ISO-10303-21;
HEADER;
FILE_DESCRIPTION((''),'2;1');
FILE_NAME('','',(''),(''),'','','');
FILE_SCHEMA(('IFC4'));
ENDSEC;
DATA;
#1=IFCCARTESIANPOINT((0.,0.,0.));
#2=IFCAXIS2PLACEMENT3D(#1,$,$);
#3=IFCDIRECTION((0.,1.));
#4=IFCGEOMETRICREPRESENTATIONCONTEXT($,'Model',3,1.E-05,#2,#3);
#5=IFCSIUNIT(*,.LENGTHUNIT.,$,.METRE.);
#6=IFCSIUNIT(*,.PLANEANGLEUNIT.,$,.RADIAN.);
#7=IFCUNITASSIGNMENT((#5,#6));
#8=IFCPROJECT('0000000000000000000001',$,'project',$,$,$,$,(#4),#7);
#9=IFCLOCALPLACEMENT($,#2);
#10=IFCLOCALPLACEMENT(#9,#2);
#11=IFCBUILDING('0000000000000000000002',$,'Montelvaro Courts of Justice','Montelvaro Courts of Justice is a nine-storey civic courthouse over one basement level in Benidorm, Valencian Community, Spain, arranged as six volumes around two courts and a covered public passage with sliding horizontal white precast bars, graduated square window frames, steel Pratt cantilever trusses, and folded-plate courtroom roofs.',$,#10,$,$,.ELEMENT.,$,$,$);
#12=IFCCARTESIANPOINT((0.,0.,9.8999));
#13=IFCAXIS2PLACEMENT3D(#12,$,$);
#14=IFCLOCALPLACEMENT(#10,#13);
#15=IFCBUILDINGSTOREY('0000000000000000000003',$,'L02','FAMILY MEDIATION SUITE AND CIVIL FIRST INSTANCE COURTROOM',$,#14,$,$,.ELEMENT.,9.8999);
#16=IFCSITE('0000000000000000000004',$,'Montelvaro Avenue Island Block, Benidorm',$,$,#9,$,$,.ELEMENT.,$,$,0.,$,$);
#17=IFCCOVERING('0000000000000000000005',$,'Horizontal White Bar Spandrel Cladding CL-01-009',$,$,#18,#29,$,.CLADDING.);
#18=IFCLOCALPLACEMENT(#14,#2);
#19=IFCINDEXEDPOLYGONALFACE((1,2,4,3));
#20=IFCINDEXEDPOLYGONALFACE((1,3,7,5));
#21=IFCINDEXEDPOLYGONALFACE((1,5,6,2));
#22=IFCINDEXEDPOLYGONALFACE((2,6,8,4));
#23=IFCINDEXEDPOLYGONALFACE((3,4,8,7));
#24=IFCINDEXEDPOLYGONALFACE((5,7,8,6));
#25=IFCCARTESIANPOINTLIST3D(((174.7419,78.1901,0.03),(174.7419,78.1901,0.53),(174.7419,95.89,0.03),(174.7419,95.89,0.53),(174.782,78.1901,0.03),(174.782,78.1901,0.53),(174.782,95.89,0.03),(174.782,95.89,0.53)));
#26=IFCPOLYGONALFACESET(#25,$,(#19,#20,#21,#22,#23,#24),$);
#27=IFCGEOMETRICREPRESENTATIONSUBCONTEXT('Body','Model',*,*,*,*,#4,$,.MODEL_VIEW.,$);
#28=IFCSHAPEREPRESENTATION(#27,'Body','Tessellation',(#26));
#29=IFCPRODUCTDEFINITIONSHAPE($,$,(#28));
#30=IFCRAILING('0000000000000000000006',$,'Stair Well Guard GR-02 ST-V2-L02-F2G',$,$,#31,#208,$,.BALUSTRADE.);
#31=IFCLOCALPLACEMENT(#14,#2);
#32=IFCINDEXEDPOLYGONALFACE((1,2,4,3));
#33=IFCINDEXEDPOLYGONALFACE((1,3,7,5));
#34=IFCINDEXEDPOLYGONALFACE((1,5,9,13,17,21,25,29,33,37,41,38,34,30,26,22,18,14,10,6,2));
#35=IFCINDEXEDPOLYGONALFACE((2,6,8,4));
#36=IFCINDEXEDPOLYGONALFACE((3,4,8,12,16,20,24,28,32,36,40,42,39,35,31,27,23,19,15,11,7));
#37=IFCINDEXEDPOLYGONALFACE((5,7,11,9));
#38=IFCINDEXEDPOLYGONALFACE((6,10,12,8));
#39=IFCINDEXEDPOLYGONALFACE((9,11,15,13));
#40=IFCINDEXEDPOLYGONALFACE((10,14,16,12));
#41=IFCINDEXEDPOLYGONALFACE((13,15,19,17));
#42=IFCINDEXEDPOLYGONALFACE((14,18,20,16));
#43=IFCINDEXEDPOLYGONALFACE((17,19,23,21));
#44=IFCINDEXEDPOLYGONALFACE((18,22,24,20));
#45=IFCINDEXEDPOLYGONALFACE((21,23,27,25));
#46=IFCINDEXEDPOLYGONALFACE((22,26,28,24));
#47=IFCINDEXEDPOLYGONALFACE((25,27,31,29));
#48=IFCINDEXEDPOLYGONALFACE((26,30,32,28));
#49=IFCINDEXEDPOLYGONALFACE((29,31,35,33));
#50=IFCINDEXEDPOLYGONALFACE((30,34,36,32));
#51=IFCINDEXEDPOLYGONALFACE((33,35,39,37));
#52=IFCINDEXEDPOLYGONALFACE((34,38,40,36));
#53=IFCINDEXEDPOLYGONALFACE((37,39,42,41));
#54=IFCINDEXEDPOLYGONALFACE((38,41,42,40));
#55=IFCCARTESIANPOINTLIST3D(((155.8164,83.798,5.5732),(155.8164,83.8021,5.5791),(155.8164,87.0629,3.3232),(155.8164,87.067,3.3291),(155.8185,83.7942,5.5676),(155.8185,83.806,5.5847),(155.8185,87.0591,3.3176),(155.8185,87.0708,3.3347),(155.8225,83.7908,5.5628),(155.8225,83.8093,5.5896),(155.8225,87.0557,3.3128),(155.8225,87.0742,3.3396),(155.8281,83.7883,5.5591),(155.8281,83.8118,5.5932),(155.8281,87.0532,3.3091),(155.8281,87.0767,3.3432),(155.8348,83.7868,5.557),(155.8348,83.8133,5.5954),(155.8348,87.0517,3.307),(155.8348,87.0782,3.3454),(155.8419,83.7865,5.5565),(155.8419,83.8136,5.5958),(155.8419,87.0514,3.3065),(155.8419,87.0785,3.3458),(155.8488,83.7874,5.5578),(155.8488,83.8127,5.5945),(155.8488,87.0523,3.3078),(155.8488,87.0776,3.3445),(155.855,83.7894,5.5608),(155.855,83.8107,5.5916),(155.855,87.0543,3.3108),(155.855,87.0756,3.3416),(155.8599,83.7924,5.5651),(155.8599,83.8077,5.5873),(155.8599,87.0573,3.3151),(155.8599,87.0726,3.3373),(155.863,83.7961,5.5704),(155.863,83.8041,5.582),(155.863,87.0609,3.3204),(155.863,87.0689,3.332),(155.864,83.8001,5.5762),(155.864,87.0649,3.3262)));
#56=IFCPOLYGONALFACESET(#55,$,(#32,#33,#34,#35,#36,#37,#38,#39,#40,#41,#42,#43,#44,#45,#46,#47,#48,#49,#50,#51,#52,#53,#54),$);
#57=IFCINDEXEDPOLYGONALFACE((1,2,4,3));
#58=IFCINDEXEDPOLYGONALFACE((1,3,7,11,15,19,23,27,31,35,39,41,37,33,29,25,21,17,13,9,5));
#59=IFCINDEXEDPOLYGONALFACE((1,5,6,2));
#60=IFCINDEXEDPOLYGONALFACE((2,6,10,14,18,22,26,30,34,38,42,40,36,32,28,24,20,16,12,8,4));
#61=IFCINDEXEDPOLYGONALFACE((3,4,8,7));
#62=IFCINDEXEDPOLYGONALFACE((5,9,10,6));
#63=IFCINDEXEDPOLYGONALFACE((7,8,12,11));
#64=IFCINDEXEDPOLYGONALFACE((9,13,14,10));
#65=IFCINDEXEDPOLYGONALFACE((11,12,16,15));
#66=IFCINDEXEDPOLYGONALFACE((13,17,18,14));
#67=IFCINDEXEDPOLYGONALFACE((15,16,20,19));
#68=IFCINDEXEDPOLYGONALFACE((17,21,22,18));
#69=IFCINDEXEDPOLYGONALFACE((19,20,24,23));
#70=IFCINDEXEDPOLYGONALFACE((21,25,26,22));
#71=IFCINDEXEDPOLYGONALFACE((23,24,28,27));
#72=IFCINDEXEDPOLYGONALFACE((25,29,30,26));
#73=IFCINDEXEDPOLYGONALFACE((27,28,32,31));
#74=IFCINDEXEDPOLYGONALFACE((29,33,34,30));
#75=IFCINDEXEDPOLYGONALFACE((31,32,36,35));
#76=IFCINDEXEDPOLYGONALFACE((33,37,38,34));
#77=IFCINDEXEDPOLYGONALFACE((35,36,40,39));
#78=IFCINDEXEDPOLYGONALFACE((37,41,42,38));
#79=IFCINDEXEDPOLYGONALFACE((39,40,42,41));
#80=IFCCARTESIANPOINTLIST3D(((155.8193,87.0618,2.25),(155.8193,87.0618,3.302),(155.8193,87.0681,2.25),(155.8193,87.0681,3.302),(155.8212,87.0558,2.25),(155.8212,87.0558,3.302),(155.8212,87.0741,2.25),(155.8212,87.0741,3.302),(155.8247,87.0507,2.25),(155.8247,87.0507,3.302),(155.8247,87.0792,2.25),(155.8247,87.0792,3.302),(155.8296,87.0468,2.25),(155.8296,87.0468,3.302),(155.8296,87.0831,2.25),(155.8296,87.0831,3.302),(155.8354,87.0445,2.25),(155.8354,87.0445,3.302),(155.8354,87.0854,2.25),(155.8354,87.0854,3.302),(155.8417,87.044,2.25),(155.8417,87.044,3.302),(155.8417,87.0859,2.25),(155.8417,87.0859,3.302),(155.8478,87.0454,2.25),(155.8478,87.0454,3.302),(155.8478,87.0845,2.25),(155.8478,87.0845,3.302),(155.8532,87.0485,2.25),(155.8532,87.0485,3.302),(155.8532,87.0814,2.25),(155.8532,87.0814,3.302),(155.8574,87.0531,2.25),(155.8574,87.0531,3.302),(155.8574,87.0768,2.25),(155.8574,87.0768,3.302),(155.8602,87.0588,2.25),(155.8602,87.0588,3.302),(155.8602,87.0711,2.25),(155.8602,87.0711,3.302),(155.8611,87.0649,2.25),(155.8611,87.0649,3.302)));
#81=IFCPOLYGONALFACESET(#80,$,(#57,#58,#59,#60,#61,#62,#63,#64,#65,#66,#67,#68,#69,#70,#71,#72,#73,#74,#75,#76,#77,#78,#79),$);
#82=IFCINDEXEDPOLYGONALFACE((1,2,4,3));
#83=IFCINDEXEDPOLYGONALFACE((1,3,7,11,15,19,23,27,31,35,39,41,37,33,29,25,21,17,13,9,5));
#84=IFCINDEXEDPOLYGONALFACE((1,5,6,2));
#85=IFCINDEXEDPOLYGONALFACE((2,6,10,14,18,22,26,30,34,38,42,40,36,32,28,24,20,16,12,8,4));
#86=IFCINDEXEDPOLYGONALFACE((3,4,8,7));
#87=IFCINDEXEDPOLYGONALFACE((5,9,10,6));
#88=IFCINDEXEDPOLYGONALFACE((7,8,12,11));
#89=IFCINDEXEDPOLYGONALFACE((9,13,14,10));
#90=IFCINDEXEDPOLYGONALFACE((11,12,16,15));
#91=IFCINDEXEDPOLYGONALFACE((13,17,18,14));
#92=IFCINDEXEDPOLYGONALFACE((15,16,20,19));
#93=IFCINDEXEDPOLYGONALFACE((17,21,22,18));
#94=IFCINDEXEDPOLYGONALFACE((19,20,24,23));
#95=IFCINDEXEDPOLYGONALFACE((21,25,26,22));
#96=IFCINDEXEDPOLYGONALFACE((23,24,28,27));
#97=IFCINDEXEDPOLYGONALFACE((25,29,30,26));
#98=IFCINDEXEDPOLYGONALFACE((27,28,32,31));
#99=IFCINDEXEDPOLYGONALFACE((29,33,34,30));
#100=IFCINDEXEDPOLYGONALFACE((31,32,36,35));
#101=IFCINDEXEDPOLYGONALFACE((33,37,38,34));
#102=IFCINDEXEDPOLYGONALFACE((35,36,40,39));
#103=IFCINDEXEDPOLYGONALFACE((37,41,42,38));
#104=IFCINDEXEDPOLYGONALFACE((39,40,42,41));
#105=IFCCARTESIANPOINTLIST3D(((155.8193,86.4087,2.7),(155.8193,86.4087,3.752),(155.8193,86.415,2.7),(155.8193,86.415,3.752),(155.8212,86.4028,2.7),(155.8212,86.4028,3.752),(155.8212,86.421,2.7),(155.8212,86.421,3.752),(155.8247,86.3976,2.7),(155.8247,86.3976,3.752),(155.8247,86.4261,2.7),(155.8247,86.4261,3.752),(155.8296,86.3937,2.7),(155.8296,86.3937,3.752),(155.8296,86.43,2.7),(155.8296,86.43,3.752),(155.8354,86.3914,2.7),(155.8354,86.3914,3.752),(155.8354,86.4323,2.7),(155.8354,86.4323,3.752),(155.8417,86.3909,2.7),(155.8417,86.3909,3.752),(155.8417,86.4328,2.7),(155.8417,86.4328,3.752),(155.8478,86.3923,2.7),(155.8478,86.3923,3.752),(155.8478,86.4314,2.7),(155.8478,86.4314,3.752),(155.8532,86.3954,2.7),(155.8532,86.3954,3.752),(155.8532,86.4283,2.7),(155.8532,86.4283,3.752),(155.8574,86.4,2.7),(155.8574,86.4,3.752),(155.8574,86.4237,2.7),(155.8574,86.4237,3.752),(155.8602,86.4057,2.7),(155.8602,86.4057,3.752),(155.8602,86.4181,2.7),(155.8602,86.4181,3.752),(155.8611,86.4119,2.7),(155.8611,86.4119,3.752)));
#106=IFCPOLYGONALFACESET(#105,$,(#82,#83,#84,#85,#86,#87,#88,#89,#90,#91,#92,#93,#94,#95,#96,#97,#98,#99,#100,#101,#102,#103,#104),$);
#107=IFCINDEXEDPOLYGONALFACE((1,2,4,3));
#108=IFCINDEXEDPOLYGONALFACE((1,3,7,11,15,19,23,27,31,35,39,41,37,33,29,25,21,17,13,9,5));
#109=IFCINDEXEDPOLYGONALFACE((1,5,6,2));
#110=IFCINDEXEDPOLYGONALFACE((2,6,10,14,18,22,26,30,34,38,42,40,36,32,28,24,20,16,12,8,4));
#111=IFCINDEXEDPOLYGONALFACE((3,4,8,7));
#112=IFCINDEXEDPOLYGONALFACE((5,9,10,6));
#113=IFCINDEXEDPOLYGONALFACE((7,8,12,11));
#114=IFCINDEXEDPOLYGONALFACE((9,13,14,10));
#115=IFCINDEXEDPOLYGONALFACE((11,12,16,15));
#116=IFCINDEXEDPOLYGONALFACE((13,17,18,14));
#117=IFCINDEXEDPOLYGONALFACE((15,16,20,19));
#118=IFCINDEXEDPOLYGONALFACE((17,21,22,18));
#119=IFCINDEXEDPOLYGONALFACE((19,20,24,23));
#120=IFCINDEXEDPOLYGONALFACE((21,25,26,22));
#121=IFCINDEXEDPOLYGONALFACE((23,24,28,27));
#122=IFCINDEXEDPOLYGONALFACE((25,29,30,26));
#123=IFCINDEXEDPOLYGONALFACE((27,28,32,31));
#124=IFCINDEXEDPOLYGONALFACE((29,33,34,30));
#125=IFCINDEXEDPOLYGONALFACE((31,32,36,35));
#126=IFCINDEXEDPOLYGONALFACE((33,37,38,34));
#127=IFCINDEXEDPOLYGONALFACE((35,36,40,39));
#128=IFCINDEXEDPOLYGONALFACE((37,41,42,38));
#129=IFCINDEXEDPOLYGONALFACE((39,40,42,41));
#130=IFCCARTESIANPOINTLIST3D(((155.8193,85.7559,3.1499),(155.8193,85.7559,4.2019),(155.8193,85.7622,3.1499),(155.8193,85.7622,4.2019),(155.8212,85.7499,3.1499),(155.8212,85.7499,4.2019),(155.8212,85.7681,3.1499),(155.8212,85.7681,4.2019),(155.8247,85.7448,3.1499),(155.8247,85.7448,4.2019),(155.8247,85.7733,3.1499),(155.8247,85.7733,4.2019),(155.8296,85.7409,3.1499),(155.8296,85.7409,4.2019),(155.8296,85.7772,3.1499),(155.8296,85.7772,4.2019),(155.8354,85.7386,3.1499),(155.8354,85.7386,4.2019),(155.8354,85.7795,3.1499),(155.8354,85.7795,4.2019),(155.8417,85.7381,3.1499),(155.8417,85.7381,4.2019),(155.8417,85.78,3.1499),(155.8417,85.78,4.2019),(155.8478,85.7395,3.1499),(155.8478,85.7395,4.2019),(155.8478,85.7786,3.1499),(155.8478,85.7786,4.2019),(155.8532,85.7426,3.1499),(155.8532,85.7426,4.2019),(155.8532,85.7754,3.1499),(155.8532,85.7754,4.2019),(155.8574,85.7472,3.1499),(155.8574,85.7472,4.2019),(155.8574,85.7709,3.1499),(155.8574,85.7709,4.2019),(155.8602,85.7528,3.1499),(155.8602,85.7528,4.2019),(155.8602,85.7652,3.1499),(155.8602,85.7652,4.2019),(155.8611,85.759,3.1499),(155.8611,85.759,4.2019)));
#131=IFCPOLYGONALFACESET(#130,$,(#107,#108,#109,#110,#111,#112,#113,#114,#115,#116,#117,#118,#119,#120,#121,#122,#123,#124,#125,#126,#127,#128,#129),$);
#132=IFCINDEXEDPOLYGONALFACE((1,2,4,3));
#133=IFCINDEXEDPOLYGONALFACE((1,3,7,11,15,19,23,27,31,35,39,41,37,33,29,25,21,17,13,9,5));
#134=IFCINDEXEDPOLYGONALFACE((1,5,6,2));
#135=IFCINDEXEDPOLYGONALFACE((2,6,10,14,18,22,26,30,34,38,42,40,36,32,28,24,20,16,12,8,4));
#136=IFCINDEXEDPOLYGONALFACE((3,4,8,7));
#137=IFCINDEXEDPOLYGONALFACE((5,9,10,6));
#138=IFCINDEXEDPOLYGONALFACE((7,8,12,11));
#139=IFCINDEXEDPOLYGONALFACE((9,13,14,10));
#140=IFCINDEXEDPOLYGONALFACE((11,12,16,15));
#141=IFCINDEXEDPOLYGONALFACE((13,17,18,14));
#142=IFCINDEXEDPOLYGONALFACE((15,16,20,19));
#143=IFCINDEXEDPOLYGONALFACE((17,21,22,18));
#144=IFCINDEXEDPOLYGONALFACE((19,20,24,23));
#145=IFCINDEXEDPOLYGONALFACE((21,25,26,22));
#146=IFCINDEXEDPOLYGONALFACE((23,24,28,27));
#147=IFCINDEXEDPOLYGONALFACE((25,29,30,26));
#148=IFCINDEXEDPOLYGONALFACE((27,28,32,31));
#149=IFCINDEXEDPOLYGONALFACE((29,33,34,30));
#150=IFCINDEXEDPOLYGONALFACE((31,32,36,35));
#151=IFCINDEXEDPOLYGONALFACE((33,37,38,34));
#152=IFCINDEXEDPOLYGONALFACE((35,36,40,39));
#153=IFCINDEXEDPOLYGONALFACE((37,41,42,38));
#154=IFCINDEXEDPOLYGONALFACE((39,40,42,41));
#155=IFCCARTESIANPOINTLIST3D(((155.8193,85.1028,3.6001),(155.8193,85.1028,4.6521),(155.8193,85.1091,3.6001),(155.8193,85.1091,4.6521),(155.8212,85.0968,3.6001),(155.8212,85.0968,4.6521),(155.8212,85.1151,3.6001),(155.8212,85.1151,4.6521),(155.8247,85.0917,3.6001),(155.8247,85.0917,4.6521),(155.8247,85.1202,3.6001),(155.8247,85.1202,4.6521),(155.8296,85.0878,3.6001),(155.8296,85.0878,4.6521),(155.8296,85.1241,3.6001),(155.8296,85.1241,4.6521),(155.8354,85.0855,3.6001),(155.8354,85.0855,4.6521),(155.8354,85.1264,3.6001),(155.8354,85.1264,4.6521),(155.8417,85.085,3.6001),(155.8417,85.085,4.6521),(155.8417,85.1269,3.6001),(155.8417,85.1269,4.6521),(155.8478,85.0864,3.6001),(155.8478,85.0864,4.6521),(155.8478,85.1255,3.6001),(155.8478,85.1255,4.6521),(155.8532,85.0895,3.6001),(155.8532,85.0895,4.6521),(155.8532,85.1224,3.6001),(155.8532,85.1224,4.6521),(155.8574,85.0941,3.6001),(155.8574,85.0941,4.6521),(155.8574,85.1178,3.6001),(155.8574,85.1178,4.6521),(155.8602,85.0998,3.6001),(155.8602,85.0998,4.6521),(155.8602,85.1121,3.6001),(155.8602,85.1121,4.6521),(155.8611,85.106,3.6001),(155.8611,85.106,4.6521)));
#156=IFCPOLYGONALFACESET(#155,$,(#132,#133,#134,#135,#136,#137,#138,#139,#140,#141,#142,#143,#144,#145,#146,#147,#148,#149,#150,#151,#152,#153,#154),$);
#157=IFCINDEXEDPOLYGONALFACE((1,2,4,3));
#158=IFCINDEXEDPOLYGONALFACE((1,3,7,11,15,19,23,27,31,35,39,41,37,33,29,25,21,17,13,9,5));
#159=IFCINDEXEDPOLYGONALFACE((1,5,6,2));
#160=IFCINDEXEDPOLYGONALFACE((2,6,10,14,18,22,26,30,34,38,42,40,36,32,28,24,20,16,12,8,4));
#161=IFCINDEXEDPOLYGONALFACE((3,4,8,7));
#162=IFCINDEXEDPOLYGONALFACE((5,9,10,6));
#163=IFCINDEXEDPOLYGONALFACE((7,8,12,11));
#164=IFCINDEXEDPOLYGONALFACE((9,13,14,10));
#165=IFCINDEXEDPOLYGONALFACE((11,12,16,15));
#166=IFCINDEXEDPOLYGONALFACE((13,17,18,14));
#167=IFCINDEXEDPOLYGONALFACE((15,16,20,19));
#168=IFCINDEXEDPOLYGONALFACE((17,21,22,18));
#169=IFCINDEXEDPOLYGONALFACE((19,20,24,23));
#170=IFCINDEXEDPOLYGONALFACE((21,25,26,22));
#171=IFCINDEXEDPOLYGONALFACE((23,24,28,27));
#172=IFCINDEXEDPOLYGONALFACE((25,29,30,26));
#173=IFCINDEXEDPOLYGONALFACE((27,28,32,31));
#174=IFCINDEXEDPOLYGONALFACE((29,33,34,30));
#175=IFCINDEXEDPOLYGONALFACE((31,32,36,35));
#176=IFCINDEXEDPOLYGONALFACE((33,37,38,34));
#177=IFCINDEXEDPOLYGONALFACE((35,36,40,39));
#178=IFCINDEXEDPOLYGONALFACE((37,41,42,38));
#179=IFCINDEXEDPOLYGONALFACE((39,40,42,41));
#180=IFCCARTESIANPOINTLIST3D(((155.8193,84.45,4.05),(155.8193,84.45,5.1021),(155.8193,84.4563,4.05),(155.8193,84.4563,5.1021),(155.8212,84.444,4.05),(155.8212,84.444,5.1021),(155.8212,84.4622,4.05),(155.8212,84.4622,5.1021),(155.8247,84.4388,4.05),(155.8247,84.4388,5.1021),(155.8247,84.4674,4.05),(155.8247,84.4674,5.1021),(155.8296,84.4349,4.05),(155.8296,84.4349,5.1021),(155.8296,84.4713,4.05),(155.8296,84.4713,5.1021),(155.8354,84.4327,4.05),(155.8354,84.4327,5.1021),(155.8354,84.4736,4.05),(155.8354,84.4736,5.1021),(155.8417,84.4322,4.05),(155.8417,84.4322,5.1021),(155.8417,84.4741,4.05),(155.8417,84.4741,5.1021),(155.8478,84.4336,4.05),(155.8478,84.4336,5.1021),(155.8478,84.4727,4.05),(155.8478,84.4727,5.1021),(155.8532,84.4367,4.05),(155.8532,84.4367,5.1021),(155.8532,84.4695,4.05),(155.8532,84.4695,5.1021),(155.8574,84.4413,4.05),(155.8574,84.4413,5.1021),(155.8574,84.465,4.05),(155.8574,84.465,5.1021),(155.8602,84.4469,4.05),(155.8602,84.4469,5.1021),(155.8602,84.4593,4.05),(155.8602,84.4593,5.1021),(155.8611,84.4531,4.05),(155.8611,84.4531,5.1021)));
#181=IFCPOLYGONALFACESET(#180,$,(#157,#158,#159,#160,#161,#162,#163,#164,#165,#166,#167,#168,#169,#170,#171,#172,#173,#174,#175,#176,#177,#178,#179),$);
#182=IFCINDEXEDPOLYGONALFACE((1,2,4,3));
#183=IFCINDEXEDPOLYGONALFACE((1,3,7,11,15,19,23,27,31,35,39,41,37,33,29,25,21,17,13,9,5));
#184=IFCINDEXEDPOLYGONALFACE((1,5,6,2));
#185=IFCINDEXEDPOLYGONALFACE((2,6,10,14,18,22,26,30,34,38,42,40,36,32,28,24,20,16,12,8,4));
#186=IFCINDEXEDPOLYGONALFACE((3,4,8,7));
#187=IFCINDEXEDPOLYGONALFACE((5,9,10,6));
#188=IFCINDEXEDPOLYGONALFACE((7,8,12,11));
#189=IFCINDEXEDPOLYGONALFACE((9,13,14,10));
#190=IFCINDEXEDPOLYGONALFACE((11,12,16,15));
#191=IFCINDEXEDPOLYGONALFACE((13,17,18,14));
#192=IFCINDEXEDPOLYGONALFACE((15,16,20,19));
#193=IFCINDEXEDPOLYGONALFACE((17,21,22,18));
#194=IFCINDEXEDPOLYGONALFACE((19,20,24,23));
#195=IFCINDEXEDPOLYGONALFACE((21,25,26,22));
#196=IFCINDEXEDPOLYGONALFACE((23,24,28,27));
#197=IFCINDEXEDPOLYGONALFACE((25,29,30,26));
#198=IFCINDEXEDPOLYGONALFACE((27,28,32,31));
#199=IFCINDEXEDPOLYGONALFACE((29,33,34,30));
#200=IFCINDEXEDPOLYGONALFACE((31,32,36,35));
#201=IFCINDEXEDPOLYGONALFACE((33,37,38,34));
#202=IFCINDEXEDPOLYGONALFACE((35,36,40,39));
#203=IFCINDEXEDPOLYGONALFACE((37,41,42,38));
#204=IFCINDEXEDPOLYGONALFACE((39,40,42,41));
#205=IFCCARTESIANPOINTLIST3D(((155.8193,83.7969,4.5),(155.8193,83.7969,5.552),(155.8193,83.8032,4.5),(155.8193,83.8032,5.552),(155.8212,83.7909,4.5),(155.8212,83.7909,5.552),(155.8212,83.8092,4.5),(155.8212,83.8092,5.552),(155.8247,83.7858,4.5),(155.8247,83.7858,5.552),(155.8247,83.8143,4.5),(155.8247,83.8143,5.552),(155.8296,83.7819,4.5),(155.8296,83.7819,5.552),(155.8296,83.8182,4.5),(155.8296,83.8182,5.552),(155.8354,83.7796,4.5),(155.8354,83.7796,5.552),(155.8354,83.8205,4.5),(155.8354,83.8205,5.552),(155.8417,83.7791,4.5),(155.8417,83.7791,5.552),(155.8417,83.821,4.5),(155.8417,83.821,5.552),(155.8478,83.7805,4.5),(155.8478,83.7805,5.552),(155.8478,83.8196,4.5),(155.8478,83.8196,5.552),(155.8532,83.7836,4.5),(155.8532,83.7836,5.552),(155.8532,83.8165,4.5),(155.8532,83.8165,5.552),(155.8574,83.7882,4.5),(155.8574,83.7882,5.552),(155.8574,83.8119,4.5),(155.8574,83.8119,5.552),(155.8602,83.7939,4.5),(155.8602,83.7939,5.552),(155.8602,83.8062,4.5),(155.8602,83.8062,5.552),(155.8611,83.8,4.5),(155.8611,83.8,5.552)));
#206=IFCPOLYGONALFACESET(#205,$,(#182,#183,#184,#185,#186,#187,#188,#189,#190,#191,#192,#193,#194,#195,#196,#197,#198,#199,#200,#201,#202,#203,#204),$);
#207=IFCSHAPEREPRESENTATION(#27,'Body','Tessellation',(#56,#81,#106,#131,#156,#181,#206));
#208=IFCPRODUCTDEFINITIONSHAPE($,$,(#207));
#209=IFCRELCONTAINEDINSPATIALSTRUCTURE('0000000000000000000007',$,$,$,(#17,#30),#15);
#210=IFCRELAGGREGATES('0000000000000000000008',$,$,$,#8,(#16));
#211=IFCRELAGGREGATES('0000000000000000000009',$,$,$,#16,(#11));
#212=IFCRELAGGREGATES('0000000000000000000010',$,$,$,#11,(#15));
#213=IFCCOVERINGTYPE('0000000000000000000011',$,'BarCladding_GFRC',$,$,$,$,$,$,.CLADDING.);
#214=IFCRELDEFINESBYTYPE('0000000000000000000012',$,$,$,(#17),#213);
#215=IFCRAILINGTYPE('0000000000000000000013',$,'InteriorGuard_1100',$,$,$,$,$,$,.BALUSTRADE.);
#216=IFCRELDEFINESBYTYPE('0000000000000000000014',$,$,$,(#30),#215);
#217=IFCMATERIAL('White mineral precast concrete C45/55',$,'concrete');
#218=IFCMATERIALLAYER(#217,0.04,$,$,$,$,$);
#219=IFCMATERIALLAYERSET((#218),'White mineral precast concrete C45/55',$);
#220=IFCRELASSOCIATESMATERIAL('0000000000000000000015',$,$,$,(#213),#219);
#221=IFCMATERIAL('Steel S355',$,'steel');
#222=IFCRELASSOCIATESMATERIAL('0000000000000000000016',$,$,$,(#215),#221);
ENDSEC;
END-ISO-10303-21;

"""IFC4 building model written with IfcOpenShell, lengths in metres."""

from ifc_helpers import new_model, si_unit, direction, frame, origin, origin_2d, place, context, subcontext, project, spatial, rectangle, circle, extrude, material, layer, layer_set, type_object, element, save


model = new_model("IFC4")

# Units and contexts
model_context = context("Model", 3, precision=1e-05, world=origin(), true_north=direction((0.0, 1.0)))
body_context = subcontext(model_context, "Body", "Model", "MODEL_VIEW")
ifc_project = project(units=[si_unit("LENGTHUNIT", "METRE"), si_unit("PLANEANGLEUNIT", "RADIAN")], contexts=[model_context])

# Site, building, storey
site_placement = place(None, origin())
site = spatial("IfcSite", under=ifc_project, at=site_placement, Name="Montelvaro Avenue Island Block, Benidorm", CompositionType="ELEMENT", RefElevation=0.0)
building_placement = place(site_placement, origin())
building = spatial("IfcBuilding", under=site, at=building_placement, Name="Montelvaro Courts of Justice", Description="Montelvaro Courts of Justice is a nine-storey civic courthouse over one basement level in Benidorm, Valencian Community, Spain, arranged as six volumes around two courts and a covered public passage with sliding horizontal white precast bars, graduated square window frames, steel Pratt cantilever trusses, and folded-plate courtroom roofs.", CompositionType="ELEMENT")
storey_placement = place(building_placement, frame((0.0, 0.0, 9.8999)))
storey = spatial("IfcBuildingStorey", under=building, at=storey_placement, Name="L02", Description="FAMILY MEDIATION SUITE AND CIVIL FIRST INSTANCE COURTROOM", CompositionType="ELEMENT", Elevation=9.8999)

# Shared definitions
ifc_material_1 = material(Name="Steel S355", Category="steel")

# Shared definitions
ifc_material_2 = material(Name="White mineral precast concrete C45/55", Category="concrete")

# Covering
ifc_layer_1 = layer(ifc_material_2, 0.04)
ifc_layer_set_1 = layer_set([ifc_layer_1], Name="White mineral precast concrete C45/55")
covering_type = type_object("IfcCoveringType", Name="BarCladding_GFRC", PredefinedType="CLADDING", material=ifc_layer_set_1)
covering_placement = place(storey_placement, frame((174.762, 87.04, 0.03), z_axis=(0.0, 0.0, 1.0), x_axis=(0.0, 1.0, 0.0)))
element("IfcCovering", 1, at=covering_placement, inside=storey, type_object=covering_type, Name="Horizontal White Bar Spandrel Cladding CL-01-009", PredefinedType="CLADDING", context=body_context, shape_type="SweptSolid", body=[
    extrude(rectangle(XDim=17.7, YDim=0.04, at=origin_2d()), origin(), (0.0, 0.0, 1.0), 0.5),
])

# Railing
railing_type_1 = type_object("IfcRailingType", Name="InteriorGuard_1100", PredefinedType="BALUSTRADE", material=ifc_material_1)
railing_1_placement = place(storey_placement, frame((155.8401, 87.0649, 2.25)))
element("IfcRailing", 2, at=railing_1_placement, inside=storey, type_object=railing_type_1, Name="Stair Well Guard GR-02 ST-V2-L02-F2G", PredefinedType="BALUSTRADE", context=body_context, shape_type="SweptSolid", body=[
    extrude(circle(Radius=0.0239, at=origin_2d()), frame((0.0, 0.0, 1.0762), z_axis=(0.0, -0.823407, 0.567451), x_axis=(1.0, 0.0, 0.0)), (0.0, 0.0, 1.0), 3.9651),
    extrude(circle(Radius=0.021, at=origin_2d()), origin(), (0.0, 0.0, 1.0), 1.052),
    extrude(circle(Radius=0.021, at=origin_2d()), frame((0.0, -0.6531, 0.45)), (0.0, 0.0, 1.0), 1.052),
    extrude(circle(Radius=0.021, at=origin_2d()), frame((0.0, -1.3059, 0.8999)), (0.0, 0.0, 1.0), 1.052),
    extrude(circle(Radius=0.021, at=origin_2d()), frame((0.0, -1.959, 1.3501)), (0.0, 0.0, 1.0), 1.052),
    extrude(circle(Radius=0.021, at=origin_2d()), frame((0.0, -2.6118, 1.8)), (0.0, 0.0, 1.0), 1.052),
    extrude(circle(Radius=0.021, at=origin_2d()), frame((0.0, -3.2649, 2.25)), (0.0, 0.0, 1.0), 1.052),
])

save(model, "model.ifc")
